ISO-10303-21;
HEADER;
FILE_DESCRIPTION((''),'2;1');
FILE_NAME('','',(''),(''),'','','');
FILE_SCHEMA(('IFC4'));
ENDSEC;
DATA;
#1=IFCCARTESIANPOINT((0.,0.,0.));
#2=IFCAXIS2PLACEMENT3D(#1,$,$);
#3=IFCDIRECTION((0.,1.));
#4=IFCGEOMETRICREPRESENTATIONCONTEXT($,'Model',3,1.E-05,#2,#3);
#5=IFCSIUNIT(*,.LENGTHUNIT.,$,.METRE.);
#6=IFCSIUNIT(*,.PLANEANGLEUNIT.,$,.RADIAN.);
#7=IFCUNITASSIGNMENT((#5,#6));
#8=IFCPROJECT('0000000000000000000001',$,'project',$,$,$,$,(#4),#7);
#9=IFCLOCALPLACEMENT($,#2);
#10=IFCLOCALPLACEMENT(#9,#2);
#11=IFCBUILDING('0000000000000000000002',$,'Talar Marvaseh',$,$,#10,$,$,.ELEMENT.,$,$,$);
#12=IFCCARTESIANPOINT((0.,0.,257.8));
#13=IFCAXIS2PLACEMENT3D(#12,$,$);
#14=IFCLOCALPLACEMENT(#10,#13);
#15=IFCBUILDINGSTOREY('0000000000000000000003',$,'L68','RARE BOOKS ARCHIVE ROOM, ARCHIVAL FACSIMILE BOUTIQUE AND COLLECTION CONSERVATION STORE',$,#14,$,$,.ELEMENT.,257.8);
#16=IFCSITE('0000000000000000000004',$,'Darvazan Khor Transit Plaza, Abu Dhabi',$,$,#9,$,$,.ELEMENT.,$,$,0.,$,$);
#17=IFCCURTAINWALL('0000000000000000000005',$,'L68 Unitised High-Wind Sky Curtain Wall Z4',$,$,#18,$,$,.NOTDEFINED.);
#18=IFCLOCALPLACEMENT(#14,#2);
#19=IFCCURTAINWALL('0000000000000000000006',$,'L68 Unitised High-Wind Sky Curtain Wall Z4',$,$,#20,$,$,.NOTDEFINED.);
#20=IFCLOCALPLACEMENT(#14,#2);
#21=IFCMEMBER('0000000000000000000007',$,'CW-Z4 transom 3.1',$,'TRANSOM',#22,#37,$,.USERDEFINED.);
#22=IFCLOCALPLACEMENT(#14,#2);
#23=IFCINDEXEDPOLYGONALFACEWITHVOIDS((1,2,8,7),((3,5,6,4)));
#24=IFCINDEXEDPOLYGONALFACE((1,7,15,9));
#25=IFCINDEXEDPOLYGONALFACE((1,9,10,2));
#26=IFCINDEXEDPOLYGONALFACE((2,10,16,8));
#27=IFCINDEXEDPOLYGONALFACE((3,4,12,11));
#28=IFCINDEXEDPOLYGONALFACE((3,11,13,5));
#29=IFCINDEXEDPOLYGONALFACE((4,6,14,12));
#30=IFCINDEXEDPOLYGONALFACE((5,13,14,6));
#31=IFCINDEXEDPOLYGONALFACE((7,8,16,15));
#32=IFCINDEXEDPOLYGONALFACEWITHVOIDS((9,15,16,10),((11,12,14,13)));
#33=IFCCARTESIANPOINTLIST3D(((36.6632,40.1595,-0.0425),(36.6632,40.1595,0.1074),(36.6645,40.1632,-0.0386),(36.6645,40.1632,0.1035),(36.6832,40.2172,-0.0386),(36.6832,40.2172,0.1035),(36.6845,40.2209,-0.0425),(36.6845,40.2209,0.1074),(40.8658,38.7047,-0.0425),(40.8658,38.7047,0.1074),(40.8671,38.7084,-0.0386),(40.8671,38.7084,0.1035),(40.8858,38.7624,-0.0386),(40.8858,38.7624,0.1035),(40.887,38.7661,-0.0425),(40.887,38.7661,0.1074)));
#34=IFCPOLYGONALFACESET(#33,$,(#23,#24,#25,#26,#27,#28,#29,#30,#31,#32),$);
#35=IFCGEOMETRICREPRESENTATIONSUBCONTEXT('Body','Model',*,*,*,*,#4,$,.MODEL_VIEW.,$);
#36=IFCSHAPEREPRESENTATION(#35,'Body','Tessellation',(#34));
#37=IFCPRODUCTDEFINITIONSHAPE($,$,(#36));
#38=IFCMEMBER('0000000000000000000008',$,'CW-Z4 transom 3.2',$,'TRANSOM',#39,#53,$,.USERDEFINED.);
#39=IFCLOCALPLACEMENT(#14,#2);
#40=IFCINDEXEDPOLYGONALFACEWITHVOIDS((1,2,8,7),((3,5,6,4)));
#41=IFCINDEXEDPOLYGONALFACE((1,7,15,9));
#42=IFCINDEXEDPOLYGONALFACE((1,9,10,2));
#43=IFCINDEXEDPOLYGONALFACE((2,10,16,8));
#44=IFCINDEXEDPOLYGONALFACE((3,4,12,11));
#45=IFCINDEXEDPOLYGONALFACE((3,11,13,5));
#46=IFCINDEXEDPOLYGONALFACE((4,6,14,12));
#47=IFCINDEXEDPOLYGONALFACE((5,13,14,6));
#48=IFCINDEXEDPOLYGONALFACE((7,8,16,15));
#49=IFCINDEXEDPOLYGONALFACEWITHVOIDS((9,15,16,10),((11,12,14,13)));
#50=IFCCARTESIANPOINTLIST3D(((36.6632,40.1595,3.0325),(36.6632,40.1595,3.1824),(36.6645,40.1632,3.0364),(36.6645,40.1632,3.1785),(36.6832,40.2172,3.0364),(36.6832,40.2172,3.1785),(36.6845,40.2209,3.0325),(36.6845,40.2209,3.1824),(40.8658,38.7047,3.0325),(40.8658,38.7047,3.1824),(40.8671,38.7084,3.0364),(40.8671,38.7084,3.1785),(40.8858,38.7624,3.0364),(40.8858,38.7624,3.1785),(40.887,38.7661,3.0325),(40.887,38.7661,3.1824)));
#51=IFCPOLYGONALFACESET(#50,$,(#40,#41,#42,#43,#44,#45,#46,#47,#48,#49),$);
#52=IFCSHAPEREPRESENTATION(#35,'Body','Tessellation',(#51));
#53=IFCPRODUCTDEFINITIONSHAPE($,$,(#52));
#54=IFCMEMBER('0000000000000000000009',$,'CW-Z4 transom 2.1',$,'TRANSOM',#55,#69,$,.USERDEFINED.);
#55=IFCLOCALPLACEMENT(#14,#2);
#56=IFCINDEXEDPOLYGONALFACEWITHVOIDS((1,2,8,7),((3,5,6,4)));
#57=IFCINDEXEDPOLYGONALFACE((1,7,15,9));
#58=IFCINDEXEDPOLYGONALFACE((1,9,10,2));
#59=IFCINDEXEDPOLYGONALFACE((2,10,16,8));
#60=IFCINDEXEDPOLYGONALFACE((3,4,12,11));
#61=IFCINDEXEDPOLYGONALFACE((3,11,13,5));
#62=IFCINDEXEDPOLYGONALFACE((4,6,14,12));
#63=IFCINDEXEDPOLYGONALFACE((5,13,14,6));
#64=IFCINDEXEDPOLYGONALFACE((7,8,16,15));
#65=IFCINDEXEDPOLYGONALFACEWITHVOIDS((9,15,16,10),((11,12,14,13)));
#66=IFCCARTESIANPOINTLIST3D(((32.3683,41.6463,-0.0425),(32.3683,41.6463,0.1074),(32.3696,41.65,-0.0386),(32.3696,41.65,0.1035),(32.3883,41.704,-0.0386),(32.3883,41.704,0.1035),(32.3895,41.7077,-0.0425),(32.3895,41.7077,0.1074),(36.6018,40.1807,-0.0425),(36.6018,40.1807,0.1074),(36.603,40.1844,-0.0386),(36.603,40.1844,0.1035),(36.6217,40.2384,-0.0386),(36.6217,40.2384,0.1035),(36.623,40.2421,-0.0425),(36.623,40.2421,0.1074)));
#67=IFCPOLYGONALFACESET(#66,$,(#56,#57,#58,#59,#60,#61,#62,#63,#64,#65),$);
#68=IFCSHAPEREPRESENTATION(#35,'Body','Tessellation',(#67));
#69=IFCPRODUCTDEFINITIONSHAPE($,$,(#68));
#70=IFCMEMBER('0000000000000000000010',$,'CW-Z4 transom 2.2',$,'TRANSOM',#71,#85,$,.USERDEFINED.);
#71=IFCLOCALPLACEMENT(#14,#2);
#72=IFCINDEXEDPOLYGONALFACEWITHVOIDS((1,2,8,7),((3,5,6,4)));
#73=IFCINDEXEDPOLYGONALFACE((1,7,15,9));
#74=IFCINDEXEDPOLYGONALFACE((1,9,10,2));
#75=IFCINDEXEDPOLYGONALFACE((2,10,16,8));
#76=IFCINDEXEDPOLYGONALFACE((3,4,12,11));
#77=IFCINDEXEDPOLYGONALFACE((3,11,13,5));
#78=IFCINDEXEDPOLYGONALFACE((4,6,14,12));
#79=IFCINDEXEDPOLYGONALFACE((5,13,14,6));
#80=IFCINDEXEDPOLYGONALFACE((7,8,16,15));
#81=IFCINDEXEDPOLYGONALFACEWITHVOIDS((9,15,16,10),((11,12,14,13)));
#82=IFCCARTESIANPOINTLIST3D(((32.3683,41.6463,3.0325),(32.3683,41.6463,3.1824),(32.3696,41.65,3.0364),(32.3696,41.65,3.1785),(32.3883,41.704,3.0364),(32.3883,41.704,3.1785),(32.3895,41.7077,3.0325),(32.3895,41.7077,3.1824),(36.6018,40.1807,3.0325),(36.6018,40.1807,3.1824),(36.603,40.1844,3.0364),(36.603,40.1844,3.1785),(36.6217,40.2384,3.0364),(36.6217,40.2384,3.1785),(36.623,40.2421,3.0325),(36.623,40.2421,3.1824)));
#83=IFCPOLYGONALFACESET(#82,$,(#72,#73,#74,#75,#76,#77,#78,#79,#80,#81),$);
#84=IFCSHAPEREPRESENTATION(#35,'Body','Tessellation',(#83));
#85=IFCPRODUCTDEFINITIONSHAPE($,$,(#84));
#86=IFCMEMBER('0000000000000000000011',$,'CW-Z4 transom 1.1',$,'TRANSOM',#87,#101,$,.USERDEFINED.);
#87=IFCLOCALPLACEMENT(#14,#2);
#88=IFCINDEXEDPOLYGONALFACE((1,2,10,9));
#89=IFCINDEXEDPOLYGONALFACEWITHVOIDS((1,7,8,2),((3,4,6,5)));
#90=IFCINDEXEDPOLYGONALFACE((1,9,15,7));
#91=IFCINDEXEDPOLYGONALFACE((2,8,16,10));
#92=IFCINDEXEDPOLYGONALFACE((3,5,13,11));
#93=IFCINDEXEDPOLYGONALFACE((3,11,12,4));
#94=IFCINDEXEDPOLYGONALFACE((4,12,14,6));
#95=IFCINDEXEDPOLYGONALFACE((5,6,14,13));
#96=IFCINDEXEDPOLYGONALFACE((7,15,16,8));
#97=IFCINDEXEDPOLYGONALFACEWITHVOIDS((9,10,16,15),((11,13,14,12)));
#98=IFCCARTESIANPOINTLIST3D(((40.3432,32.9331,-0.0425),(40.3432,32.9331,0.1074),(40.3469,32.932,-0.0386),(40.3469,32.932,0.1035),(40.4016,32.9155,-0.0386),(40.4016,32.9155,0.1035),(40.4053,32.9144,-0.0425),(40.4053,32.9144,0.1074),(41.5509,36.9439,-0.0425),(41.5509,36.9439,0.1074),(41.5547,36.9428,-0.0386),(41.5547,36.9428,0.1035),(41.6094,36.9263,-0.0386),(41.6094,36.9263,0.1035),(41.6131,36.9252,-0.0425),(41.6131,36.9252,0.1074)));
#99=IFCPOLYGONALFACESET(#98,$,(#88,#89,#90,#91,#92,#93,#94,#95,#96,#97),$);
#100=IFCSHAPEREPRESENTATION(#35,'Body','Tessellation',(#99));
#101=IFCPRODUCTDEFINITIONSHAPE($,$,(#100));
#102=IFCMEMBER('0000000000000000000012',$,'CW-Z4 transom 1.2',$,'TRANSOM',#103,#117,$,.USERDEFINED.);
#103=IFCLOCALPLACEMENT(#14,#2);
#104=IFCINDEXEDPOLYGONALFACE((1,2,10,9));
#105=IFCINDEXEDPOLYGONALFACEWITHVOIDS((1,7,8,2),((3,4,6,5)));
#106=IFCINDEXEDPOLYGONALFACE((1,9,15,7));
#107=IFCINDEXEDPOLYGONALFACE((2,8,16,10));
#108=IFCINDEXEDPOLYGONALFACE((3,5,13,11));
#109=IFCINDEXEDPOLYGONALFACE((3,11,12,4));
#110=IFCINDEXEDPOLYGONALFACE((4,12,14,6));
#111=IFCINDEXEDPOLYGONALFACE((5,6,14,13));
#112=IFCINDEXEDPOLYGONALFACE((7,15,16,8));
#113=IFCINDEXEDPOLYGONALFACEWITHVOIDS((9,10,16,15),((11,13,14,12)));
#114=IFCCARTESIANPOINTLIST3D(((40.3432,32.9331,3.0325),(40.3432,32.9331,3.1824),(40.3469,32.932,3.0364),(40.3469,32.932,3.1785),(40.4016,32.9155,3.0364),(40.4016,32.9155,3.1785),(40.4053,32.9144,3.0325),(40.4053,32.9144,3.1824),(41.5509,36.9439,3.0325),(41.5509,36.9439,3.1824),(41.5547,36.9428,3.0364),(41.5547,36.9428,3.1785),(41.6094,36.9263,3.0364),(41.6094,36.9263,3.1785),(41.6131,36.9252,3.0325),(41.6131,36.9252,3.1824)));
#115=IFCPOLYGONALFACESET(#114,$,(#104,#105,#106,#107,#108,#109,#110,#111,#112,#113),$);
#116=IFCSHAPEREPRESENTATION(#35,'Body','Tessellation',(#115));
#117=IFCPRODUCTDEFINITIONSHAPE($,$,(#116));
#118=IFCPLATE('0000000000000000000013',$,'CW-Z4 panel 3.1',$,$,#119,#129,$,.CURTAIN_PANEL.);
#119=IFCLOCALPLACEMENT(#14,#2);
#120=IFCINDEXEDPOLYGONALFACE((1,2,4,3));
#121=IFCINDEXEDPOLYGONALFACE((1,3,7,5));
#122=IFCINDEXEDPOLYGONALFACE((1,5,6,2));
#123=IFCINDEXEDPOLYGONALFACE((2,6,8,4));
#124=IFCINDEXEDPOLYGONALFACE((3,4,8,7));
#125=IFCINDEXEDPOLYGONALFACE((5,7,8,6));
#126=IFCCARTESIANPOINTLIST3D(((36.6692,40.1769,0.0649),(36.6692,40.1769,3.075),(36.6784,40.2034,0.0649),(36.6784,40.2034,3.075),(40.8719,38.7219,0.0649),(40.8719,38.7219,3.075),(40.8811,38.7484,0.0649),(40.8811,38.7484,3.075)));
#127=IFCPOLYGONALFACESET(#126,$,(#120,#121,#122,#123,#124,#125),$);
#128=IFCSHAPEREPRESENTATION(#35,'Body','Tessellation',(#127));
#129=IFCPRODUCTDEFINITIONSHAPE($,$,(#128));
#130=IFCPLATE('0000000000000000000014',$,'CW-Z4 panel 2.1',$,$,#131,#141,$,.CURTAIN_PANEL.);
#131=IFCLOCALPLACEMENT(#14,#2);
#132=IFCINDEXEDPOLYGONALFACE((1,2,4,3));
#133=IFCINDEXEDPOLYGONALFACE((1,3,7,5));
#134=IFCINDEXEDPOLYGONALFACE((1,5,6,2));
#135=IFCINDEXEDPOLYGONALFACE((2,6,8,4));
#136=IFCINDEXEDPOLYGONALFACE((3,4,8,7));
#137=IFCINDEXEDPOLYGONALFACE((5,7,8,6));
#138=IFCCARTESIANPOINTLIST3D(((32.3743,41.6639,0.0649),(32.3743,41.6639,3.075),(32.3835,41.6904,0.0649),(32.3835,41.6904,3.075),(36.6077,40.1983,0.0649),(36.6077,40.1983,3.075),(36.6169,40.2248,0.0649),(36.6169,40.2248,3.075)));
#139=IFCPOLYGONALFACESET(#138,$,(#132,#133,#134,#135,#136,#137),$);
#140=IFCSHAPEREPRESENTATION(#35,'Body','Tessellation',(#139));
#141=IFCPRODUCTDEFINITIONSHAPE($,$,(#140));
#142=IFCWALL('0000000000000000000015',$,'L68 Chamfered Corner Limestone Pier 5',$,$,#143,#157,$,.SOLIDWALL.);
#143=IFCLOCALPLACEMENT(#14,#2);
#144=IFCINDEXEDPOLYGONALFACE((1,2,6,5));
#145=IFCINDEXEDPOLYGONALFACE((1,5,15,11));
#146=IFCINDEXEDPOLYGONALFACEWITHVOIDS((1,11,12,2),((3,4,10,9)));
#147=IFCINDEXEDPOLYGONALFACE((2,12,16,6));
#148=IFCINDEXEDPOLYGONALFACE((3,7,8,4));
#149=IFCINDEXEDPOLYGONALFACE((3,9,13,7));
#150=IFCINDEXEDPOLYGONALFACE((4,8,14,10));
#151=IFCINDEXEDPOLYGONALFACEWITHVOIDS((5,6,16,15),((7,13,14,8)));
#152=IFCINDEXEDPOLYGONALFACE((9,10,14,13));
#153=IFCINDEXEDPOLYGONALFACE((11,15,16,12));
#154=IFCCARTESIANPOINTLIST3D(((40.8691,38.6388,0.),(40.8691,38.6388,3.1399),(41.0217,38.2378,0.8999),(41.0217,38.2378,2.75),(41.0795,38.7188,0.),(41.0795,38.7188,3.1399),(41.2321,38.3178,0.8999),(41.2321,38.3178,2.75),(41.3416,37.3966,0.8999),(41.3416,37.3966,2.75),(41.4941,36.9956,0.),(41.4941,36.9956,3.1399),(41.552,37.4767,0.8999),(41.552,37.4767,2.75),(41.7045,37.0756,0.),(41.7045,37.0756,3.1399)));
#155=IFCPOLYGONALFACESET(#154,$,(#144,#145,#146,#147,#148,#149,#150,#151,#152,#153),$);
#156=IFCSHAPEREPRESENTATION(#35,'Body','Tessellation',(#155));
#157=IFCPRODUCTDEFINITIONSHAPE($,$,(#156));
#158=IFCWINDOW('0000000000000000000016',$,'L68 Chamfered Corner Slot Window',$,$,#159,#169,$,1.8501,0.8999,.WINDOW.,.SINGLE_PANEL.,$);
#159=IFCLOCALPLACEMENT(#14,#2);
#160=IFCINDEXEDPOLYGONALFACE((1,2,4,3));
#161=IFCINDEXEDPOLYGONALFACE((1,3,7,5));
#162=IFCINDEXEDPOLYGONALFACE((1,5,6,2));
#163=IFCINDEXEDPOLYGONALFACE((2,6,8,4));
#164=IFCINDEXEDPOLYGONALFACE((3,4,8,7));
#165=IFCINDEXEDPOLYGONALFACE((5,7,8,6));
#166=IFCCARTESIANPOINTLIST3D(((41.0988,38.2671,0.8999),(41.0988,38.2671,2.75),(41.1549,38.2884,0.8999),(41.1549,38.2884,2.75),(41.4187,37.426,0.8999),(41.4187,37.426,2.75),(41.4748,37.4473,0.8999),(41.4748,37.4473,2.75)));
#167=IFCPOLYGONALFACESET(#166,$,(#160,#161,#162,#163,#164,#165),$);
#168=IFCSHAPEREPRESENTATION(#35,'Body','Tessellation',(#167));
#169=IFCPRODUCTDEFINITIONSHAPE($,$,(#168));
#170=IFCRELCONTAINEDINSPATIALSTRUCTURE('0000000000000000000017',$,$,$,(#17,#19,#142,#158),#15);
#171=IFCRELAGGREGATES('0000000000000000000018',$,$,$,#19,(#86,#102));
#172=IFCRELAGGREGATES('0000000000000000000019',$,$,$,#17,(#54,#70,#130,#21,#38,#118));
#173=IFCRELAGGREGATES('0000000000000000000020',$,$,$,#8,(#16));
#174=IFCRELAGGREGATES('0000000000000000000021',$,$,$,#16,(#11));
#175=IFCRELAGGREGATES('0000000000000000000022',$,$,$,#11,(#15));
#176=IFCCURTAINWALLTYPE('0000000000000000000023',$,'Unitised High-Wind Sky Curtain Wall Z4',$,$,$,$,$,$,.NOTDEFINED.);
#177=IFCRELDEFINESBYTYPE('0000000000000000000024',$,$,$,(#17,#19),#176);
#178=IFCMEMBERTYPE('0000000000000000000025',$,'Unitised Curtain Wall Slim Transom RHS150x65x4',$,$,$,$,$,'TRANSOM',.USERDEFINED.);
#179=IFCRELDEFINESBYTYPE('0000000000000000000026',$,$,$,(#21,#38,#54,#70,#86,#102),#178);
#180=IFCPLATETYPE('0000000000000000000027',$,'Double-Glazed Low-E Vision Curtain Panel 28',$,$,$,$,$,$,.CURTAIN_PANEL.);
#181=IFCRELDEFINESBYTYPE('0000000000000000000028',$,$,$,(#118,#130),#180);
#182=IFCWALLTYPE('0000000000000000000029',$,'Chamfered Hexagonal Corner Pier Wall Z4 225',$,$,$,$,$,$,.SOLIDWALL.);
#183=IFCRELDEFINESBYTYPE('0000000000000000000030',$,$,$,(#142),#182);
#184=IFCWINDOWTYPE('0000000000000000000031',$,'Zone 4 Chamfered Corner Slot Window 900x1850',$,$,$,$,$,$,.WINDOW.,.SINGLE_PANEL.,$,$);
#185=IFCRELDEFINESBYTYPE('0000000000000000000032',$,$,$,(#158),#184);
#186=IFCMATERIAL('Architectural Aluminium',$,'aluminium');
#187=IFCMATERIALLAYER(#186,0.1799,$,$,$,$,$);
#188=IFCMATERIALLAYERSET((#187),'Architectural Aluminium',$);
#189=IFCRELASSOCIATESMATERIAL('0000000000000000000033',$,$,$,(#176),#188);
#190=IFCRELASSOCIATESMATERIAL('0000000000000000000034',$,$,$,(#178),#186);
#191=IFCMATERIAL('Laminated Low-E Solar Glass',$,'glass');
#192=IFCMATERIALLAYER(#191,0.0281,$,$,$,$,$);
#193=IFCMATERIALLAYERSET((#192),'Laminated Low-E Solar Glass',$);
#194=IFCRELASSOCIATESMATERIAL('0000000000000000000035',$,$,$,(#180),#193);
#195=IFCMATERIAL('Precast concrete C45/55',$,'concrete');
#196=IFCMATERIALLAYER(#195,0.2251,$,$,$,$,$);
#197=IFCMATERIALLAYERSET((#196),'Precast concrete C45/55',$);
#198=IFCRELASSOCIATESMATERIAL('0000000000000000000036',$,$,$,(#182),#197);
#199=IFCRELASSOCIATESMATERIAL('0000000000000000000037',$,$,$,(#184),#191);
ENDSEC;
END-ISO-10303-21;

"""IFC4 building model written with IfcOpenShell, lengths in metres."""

from ifc_helpers import new_model, si_unit, direction, frame, frame_2d, origin, origin_2d, place, context, subcontext, project, spatial, rectangle, hollow_rectangle, extrude, source, transform, mapped, material, layer, layer_set, material_profile, profile_set, type_object, type_shapes, element, fill, aggregate, save


model = new_model("IFC4")

# Units and contexts
model_context = context("Model", 3, precision=1e-05, world=origin(), true_north=direction((0.0, 1.0)))
body_context = subcontext(model_context, "Body", "Model", "MODEL_VIEW")
ifc_project = project(units=[si_unit("LENGTHUNIT", "METRE"), si_unit("PLANEANGLEUNIT", "RADIAN")], contexts=[model_context])

# Site, building, storey
site_placement = place(None, origin())
site = spatial("IfcSite", under=ifc_project, at=site_placement, Name="Darvazan Khor Transit Plaza, Abu Dhabi", CompositionType="ELEMENT", RefElevation=0.0)
building_placement = place(site_placement, origin())
building = spatial("IfcBuilding", under=site, at=building_placement, Name="Talar Marvaseh", CompositionType="ELEMENT")
storey_placement = place(building_placement, frame((0.0, 0.0, 257.8)))
storey = spatial("IfcBuildingStorey", under=building, at=storey_placement, Name="L68", Description="RARE BOOKS ARCHIVE ROOM, ARCHIVAL FACSIMILE BOUTIQUE AND COLLECTION CONSERVATION STORE", CompositionType="ELEMENT", Elevation=257.8)

# Curtain wall
ifc_material_1 = material(Name="Architectural Aluminium", Category="aluminium")
ifc_layer_1 = layer(ifc_material_1, 0.1799)
ifc_layer_set_1 = layer_set([ifc_layer_1], Name="Architectural Aluminium")
curtain_wall_type = type_object("IfcCurtainWallType", Name="Unitised High-Wind Sky Curtain Wall Z4", PredefinedType="NOTDEFINED", material=ifc_layer_set_1)
curtain_wall_1_placement = place(storey_placement, origin())
curtain_wall_1 = element("IfcCurtainWall", 1, at=curtain_wall_1_placement, inside=storey, type_object=curtain_wall_type, Name="L68 Unitised High-Wind Sky Curtain Wall Z4", PredefinedType="NOTDEFINED")

# Curtain wall
curtain_wall_2_placement = place(storey_placement, origin())
curtain_wall_2 = element("IfcCurtainWall", 2, at=curtain_wall_2_placement, inside=storey, type_object=curtain_wall_type, Name="L68 Unitised High-Wind Sky Curtain Wall Z4", PredefinedType="NOTDEFINED")

# Members
ifc_material_profile_1 = material_profile(ifc_material_1, hollow_rectangle(XDim=0.0649, YDim=0.1499, WallThickness=0.0039, at=origin_2d()), Name="RHS150x65x4")
ifc_profile_set_1 = profile_set([ifc_material_profile_1], Name="Architectural Aluminium")
member_type_1 = type_object("IfcMemberType", Name="Unitised Curtain Wall Slim Transom RHS150x65x4", ElementType="TRANSOM", PredefinedType="USERDEFINED", material=ifc_profile_set_1)
shared_shape_1 = source(origin(), body_context, "Body", "SweptSolid", [
    extrude(hollow_rectangle(XDim=0.0649, YDim=0.1499, WallThickness=0.0039, at=origin_2d()), origin(), (0.0, 0.0, 1.0), 4.4473),
])
member_1_placement = place(storey_placement, frame((36.6738, 40.1902, 0.0325), z_axis=(0.944981, -0.327126, 0.0), x_axis=(0.327126, 0.944981, 0.0)))
member_1 = element("IfcMember", 3, at=member_1_placement, type_object=member_type_1, Name="CW-Z4 transom 3.1", ObjectType="TRANSOM", PredefinedType="USERDEFINED", context=body_context, shape_type="MappedRepresentation", body=[
    mapped(shared_shape_1, transform((0.0, 0.0, 0.0), x_axis=(1.0, 0.0, 0.0), y_axis=(0.0, 1.0, 0.0), z_axis=(0.0, 0.0, 1.0), scale=1.0)),
])
member_2_placement = place(storey_placement, frame((36.6738, 40.1902, 3.1074), z_axis=(0.944981, -0.327126, 0.0), x_axis=(0.327126, 0.944981, 0.0)))
member_2 = element("IfcMember", 4, at=member_2_placement, type_object=member_type_1, Name="CW-Z4 transom 3.2", ObjectType="TRANSOM", PredefinedType="USERDEFINED", context=body_context, shape_type="MappedRepresentation", body=[
    mapped(shared_shape_1, transform((0.0, 0.0, 0.0), x_axis=(1.0, 0.0, 0.0), y_axis=(0.0, 1.0, 0.0), z_axis=(0.0, 0.0, 1.0), scale=1.0)),
])
shared_shape_2 = source(origin(), body_context, "Body", "SweptSolid", [
    extrude(hollow_rectangle(XDim=0.0649, YDim=0.1499, WallThickness=0.0039, at=origin_2d()), origin(), (0.0, 0.0, 1.0), 4.48),
])
member_3_placement = place(storey_placement, frame((32.3789, 41.677, 0.0325), z_axis=(0.944974, -0.327144, 0.0), x_axis=(0.327144, 0.944974, 0.0)))
member_3 = element("IfcMember", 5, at=member_3_placement, type_object=member_type_1, Name="CW-Z4 transom 2.1", ObjectType="TRANSOM", PredefinedType="USERDEFINED", context=body_context, shape_type="MappedRepresentation", body=[
    mapped(shared_shape_2, transform((0.0, 0.0, 0.0), x_axis=(1.0, 0.0, 0.0), y_axis=(0.0, 1.0, 0.0), z_axis=(0.0, 0.0, 1.0), scale=1.0)),
])
member_4_placement = place(storey_placement, frame((32.3789, 41.677, 3.1074), z_axis=(0.944974, -0.327144, 0.0), x_axis=(0.327144, 0.944974, 0.0)))
member_4 = element("IfcMember", 6, at=member_4_placement, type_object=member_type_1, Name="CW-Z4 transom 2.2", ObjectType="TRANSOM", PredefinedType="USERDEFINED", context=body_context, shape_type="MappedRepresentation", body=[
    mapped(shared_shape_2, transform((0.0, 0.0, 0.0), x_axis=(1.0, 0.0, 0.0), y_axis=(0.0, 1.0, 0.0), z_axis=(0.0, 0.0, 1.0), scale=1.0)),
])
shared_shape_3 = source(origin(), body_context, "Body", "SweptSolid", [
    extrude(hollow_rectangle(XDim=0.0649, YDim=0.1499, WallThickness=0.0039, at=origin_2d()), origin(), (0.0, 0.0, 1.0), 4.1887),
])
type_shapes(member_type_1, [shared_shape_1, shared_shape_2, shared_shape_3])
member_5_placement = place(storey_placement, frame((41.582, 36.9346, 0.0325), z_axis=(-0.288342, -0.957527, 0.0), x_axis=(0.957527, -0.288342, 0.0)))
member_5 = element("IfcMember", 7, at=member_5_placement, type_object=member_type_1, Name="CW-Z4 transom 1.1", ObjectType="TRANSOM", PredefinedType="USERDEFINED", context=body_context, shape_type="MappedRepresentation", body=[
    mapped(shared_shape_3, transform((0.0, 0.0, 0.0), x_axis=(1.0, 0.0, 0.0), y_axis=(0.0, 1.0, 0.0), z_axis=(0.0, 0.0, 1.0), scale=1.0)),
])
member_6_placement = place(storey_placement, frame((41.582, 36.9346, 3.1074), z_axis=(-0.288342, -0.957527, 0.0), x_axis=(0.957527, -0.288342, 0.0)))
member_6 = element("IfcMember", 8, at=member_6_placement, type_object=member_type_1, Name="CW-Z4 transom 1.2", ObjectType="TRANSOM", PredefinedType="USERDEFINED", context=body_context, shape_type="MappedRepresentation", body=[
    mapped(shared_shape_3, transform((0.0, 0.0, 0.0), x_axis=(1.0, 0.0, 0.0), y_axis=(0.0, 1.0, 0.0), z_axis=(0.0, 0.0, 1.0), scale=1.0)),
])
aggregate(curtain_wall_2, [member_5, member_6])

# Plates
ifc_material_2 = material(Name="Laminated Low-E Solar Glass", Category="glass")
ifc_layer_2 = layer(ifc_material_2, 0.0281)
ifc_layer_set_2 = layer_set([ifc_layer_2], Name="Laminated Low-E Solar Glass")
plate_type = type_object("IfcPlateType", Name="Double-Glazed Low-E Vision Curtain Panel 28", PredefinedType="CURTAIN_PANEL", material=ifc_layer_set_2)
shared_shape_4 = source(origin(), body_context, "Body", "SweptSolid", [
    extrude(rectangle(XDim=4.4475, YDim=0.0281, at=origin_2d()), origin(), (0.0, 0.0, 1.0), 3.01),
])
plate_1_placement = place(storey_placement, frame((38.7751, 39.4626, 0.0649), z_axis=(0.0, 0.0, 1.0), x_axis=(0.944972, -0.327151, 0.0)))
plate_1 = element("IfcPlate", 9, at=plate_1_placement, type_object=plate_type, Name="CW-Z4 panel 3.1", PredefinedType="CURTAIN_PANEL", context=body_context, shape_type="MappedRepresentation", body=[
    mapped(shared_shape_4, transform((0.0, 0.0, 0.0), x_axis=(1.0, 0.0, 0.0), y_axis=(0.0, 1.0, 0.0), z_axis=(0.0, 0.0, 1.0), scale=1.0)),
])
shared_shape_5 = source(origin(), body_context, "Body", "SweptSolid", [
    extrude(rectangle(XDim=4.48, YDim=0.0281, at=origin_2d()), origin(), (0.0, 0.0, 1.0), 3.01),
])
type_shapes(plate_type, [shared_shape_4, shared_shape_5])
plate_2_placement = place(storey_placement, frame((34.4956, 40.9443, 0.0649), z_axis=(0.0, 0.0, 1.0), x_axis=(0.944972, -0.327151, 0.0)))
plate_2 = element("IfcPlate", 10, at=plate_2_placement, type_object=plate_type, Name="CW-Z4 panel 2.1", PredefinedType="CURTAIN_PANEL", context=body_context, shape_type="MappedRepresentation", body=[
    mapped(shared_shape_5, transform((0.0, 0.0, 0.0), x_axis=(1.0, 0.0, 0.0), y_axis=(0.0, 1.0, 0.0), z_axis=(0.0, 0.0, 1.0), scale=1.0)),
])
aggregate(curtain_wall_1, [member_3, member_4, plate_2, member_1, member_2, plate_1])

# Wall, opening, window
ifc_material_3 = material(Name="Precast concrete C45/55", Category="concrete")
ifc_layer_3 = layer(ifc_material_3, 0.2251)
ifc_layer_set_3 = layer_set([ifc_layer_3], Name="Precast concrete C45/55")
wall_type = type_object("IfcWallType", Name="Chamfered Hexagonal Corner Pier Wall Z4 225", PredefinedType="SOLIDWALL", material=ifc_layer_set_3)
wall_placement = place(storey_placement, frame((40.9744, 38.6787, 0.0), z_axis=(0.0, 0.0, 1.0), x_axis=(0.355487, -0.934681, 0.0)))
wall = element("IfcWall", 11, at=wall_placement, inside=storey, type_object=wall_type, Name="L68 Chamfered Corner Limestone Pier 5", PredefinedType="SOLIDWALL", context=body_context, shape_type="SweptSolid", body=[
    extrude(rectangle(XDim=1.7581, YDim=0.2251, at=frame_2d((0.8789, 0.0))), origin(), (0.0, 0.0, 1.0), 3.1399),
])
opening_placement = place(wall_placement, frame((0.429, 0.0, 0.8999)))
opening = element("IfcOpeningElement", 12, at=opening_placement, cuts=wall, PredefinedType="OPENING", context=body_context, shape_type="SweptSolid", body=[
    extrude(rectangle(XDim=0.8999, YDim=1.8501, at=frame_2d((0.45, 0.925))), frame((0.0, 0.1226, 0.0), z_axis=(0.0, -1.0, 0.0), x_axis=(1.0, 0.0, 0.0)), (0.0, 0.0, 1.0), 0.2451),
])
window_type = type_object("IfcWindowType", Name="Zone 4 Chamfered Corner Slot Window 900x1850", PartitioningType="SINGLE_PANEL", PredefinedType="WINDOW", material=ifc_material_2)
shared_shape_6 = source(origin(), body_context, "Body", "SweptSolid", [
    extrude(rectangle(XDim=0.8999, YDim=1.8501, at=frame_2d((0.45, 0.925))), frame((0.0, 0.03, 0.0), z_axis=(0.0, -1.0, 0.0), x_axis=(1.0, 0.0, 0.0)), (0.0, 0.0, 1.0), 0.0601),
])
type_shapes(window_type, [shared_shape_6])
window_placement = place(opening_placement, origin())
window = element("IfcWindow", 13, at=window_placement, inside=storey, type_object=window_type, Name="L68 Chamfered Corner Slot Window", OverallHeight=1.8501, OverallWidth=0.8999, PartitioningType="SINGLE_PANEL", PredefinedType="WINDOW", context=body_context, shape_type="MappedRepresentation", body=[
    mapped(shared_shape_6, transform((0.0, 0.0, 0.0), x_axis=(1.0, 0.0, 0.0), y_axis=(0.0, 1.0, 0.0), z_axis=(0.0, 0.0, 1.0), scale=1.0)),
])
fill(opening, window)

save(model, "model.ifc")
